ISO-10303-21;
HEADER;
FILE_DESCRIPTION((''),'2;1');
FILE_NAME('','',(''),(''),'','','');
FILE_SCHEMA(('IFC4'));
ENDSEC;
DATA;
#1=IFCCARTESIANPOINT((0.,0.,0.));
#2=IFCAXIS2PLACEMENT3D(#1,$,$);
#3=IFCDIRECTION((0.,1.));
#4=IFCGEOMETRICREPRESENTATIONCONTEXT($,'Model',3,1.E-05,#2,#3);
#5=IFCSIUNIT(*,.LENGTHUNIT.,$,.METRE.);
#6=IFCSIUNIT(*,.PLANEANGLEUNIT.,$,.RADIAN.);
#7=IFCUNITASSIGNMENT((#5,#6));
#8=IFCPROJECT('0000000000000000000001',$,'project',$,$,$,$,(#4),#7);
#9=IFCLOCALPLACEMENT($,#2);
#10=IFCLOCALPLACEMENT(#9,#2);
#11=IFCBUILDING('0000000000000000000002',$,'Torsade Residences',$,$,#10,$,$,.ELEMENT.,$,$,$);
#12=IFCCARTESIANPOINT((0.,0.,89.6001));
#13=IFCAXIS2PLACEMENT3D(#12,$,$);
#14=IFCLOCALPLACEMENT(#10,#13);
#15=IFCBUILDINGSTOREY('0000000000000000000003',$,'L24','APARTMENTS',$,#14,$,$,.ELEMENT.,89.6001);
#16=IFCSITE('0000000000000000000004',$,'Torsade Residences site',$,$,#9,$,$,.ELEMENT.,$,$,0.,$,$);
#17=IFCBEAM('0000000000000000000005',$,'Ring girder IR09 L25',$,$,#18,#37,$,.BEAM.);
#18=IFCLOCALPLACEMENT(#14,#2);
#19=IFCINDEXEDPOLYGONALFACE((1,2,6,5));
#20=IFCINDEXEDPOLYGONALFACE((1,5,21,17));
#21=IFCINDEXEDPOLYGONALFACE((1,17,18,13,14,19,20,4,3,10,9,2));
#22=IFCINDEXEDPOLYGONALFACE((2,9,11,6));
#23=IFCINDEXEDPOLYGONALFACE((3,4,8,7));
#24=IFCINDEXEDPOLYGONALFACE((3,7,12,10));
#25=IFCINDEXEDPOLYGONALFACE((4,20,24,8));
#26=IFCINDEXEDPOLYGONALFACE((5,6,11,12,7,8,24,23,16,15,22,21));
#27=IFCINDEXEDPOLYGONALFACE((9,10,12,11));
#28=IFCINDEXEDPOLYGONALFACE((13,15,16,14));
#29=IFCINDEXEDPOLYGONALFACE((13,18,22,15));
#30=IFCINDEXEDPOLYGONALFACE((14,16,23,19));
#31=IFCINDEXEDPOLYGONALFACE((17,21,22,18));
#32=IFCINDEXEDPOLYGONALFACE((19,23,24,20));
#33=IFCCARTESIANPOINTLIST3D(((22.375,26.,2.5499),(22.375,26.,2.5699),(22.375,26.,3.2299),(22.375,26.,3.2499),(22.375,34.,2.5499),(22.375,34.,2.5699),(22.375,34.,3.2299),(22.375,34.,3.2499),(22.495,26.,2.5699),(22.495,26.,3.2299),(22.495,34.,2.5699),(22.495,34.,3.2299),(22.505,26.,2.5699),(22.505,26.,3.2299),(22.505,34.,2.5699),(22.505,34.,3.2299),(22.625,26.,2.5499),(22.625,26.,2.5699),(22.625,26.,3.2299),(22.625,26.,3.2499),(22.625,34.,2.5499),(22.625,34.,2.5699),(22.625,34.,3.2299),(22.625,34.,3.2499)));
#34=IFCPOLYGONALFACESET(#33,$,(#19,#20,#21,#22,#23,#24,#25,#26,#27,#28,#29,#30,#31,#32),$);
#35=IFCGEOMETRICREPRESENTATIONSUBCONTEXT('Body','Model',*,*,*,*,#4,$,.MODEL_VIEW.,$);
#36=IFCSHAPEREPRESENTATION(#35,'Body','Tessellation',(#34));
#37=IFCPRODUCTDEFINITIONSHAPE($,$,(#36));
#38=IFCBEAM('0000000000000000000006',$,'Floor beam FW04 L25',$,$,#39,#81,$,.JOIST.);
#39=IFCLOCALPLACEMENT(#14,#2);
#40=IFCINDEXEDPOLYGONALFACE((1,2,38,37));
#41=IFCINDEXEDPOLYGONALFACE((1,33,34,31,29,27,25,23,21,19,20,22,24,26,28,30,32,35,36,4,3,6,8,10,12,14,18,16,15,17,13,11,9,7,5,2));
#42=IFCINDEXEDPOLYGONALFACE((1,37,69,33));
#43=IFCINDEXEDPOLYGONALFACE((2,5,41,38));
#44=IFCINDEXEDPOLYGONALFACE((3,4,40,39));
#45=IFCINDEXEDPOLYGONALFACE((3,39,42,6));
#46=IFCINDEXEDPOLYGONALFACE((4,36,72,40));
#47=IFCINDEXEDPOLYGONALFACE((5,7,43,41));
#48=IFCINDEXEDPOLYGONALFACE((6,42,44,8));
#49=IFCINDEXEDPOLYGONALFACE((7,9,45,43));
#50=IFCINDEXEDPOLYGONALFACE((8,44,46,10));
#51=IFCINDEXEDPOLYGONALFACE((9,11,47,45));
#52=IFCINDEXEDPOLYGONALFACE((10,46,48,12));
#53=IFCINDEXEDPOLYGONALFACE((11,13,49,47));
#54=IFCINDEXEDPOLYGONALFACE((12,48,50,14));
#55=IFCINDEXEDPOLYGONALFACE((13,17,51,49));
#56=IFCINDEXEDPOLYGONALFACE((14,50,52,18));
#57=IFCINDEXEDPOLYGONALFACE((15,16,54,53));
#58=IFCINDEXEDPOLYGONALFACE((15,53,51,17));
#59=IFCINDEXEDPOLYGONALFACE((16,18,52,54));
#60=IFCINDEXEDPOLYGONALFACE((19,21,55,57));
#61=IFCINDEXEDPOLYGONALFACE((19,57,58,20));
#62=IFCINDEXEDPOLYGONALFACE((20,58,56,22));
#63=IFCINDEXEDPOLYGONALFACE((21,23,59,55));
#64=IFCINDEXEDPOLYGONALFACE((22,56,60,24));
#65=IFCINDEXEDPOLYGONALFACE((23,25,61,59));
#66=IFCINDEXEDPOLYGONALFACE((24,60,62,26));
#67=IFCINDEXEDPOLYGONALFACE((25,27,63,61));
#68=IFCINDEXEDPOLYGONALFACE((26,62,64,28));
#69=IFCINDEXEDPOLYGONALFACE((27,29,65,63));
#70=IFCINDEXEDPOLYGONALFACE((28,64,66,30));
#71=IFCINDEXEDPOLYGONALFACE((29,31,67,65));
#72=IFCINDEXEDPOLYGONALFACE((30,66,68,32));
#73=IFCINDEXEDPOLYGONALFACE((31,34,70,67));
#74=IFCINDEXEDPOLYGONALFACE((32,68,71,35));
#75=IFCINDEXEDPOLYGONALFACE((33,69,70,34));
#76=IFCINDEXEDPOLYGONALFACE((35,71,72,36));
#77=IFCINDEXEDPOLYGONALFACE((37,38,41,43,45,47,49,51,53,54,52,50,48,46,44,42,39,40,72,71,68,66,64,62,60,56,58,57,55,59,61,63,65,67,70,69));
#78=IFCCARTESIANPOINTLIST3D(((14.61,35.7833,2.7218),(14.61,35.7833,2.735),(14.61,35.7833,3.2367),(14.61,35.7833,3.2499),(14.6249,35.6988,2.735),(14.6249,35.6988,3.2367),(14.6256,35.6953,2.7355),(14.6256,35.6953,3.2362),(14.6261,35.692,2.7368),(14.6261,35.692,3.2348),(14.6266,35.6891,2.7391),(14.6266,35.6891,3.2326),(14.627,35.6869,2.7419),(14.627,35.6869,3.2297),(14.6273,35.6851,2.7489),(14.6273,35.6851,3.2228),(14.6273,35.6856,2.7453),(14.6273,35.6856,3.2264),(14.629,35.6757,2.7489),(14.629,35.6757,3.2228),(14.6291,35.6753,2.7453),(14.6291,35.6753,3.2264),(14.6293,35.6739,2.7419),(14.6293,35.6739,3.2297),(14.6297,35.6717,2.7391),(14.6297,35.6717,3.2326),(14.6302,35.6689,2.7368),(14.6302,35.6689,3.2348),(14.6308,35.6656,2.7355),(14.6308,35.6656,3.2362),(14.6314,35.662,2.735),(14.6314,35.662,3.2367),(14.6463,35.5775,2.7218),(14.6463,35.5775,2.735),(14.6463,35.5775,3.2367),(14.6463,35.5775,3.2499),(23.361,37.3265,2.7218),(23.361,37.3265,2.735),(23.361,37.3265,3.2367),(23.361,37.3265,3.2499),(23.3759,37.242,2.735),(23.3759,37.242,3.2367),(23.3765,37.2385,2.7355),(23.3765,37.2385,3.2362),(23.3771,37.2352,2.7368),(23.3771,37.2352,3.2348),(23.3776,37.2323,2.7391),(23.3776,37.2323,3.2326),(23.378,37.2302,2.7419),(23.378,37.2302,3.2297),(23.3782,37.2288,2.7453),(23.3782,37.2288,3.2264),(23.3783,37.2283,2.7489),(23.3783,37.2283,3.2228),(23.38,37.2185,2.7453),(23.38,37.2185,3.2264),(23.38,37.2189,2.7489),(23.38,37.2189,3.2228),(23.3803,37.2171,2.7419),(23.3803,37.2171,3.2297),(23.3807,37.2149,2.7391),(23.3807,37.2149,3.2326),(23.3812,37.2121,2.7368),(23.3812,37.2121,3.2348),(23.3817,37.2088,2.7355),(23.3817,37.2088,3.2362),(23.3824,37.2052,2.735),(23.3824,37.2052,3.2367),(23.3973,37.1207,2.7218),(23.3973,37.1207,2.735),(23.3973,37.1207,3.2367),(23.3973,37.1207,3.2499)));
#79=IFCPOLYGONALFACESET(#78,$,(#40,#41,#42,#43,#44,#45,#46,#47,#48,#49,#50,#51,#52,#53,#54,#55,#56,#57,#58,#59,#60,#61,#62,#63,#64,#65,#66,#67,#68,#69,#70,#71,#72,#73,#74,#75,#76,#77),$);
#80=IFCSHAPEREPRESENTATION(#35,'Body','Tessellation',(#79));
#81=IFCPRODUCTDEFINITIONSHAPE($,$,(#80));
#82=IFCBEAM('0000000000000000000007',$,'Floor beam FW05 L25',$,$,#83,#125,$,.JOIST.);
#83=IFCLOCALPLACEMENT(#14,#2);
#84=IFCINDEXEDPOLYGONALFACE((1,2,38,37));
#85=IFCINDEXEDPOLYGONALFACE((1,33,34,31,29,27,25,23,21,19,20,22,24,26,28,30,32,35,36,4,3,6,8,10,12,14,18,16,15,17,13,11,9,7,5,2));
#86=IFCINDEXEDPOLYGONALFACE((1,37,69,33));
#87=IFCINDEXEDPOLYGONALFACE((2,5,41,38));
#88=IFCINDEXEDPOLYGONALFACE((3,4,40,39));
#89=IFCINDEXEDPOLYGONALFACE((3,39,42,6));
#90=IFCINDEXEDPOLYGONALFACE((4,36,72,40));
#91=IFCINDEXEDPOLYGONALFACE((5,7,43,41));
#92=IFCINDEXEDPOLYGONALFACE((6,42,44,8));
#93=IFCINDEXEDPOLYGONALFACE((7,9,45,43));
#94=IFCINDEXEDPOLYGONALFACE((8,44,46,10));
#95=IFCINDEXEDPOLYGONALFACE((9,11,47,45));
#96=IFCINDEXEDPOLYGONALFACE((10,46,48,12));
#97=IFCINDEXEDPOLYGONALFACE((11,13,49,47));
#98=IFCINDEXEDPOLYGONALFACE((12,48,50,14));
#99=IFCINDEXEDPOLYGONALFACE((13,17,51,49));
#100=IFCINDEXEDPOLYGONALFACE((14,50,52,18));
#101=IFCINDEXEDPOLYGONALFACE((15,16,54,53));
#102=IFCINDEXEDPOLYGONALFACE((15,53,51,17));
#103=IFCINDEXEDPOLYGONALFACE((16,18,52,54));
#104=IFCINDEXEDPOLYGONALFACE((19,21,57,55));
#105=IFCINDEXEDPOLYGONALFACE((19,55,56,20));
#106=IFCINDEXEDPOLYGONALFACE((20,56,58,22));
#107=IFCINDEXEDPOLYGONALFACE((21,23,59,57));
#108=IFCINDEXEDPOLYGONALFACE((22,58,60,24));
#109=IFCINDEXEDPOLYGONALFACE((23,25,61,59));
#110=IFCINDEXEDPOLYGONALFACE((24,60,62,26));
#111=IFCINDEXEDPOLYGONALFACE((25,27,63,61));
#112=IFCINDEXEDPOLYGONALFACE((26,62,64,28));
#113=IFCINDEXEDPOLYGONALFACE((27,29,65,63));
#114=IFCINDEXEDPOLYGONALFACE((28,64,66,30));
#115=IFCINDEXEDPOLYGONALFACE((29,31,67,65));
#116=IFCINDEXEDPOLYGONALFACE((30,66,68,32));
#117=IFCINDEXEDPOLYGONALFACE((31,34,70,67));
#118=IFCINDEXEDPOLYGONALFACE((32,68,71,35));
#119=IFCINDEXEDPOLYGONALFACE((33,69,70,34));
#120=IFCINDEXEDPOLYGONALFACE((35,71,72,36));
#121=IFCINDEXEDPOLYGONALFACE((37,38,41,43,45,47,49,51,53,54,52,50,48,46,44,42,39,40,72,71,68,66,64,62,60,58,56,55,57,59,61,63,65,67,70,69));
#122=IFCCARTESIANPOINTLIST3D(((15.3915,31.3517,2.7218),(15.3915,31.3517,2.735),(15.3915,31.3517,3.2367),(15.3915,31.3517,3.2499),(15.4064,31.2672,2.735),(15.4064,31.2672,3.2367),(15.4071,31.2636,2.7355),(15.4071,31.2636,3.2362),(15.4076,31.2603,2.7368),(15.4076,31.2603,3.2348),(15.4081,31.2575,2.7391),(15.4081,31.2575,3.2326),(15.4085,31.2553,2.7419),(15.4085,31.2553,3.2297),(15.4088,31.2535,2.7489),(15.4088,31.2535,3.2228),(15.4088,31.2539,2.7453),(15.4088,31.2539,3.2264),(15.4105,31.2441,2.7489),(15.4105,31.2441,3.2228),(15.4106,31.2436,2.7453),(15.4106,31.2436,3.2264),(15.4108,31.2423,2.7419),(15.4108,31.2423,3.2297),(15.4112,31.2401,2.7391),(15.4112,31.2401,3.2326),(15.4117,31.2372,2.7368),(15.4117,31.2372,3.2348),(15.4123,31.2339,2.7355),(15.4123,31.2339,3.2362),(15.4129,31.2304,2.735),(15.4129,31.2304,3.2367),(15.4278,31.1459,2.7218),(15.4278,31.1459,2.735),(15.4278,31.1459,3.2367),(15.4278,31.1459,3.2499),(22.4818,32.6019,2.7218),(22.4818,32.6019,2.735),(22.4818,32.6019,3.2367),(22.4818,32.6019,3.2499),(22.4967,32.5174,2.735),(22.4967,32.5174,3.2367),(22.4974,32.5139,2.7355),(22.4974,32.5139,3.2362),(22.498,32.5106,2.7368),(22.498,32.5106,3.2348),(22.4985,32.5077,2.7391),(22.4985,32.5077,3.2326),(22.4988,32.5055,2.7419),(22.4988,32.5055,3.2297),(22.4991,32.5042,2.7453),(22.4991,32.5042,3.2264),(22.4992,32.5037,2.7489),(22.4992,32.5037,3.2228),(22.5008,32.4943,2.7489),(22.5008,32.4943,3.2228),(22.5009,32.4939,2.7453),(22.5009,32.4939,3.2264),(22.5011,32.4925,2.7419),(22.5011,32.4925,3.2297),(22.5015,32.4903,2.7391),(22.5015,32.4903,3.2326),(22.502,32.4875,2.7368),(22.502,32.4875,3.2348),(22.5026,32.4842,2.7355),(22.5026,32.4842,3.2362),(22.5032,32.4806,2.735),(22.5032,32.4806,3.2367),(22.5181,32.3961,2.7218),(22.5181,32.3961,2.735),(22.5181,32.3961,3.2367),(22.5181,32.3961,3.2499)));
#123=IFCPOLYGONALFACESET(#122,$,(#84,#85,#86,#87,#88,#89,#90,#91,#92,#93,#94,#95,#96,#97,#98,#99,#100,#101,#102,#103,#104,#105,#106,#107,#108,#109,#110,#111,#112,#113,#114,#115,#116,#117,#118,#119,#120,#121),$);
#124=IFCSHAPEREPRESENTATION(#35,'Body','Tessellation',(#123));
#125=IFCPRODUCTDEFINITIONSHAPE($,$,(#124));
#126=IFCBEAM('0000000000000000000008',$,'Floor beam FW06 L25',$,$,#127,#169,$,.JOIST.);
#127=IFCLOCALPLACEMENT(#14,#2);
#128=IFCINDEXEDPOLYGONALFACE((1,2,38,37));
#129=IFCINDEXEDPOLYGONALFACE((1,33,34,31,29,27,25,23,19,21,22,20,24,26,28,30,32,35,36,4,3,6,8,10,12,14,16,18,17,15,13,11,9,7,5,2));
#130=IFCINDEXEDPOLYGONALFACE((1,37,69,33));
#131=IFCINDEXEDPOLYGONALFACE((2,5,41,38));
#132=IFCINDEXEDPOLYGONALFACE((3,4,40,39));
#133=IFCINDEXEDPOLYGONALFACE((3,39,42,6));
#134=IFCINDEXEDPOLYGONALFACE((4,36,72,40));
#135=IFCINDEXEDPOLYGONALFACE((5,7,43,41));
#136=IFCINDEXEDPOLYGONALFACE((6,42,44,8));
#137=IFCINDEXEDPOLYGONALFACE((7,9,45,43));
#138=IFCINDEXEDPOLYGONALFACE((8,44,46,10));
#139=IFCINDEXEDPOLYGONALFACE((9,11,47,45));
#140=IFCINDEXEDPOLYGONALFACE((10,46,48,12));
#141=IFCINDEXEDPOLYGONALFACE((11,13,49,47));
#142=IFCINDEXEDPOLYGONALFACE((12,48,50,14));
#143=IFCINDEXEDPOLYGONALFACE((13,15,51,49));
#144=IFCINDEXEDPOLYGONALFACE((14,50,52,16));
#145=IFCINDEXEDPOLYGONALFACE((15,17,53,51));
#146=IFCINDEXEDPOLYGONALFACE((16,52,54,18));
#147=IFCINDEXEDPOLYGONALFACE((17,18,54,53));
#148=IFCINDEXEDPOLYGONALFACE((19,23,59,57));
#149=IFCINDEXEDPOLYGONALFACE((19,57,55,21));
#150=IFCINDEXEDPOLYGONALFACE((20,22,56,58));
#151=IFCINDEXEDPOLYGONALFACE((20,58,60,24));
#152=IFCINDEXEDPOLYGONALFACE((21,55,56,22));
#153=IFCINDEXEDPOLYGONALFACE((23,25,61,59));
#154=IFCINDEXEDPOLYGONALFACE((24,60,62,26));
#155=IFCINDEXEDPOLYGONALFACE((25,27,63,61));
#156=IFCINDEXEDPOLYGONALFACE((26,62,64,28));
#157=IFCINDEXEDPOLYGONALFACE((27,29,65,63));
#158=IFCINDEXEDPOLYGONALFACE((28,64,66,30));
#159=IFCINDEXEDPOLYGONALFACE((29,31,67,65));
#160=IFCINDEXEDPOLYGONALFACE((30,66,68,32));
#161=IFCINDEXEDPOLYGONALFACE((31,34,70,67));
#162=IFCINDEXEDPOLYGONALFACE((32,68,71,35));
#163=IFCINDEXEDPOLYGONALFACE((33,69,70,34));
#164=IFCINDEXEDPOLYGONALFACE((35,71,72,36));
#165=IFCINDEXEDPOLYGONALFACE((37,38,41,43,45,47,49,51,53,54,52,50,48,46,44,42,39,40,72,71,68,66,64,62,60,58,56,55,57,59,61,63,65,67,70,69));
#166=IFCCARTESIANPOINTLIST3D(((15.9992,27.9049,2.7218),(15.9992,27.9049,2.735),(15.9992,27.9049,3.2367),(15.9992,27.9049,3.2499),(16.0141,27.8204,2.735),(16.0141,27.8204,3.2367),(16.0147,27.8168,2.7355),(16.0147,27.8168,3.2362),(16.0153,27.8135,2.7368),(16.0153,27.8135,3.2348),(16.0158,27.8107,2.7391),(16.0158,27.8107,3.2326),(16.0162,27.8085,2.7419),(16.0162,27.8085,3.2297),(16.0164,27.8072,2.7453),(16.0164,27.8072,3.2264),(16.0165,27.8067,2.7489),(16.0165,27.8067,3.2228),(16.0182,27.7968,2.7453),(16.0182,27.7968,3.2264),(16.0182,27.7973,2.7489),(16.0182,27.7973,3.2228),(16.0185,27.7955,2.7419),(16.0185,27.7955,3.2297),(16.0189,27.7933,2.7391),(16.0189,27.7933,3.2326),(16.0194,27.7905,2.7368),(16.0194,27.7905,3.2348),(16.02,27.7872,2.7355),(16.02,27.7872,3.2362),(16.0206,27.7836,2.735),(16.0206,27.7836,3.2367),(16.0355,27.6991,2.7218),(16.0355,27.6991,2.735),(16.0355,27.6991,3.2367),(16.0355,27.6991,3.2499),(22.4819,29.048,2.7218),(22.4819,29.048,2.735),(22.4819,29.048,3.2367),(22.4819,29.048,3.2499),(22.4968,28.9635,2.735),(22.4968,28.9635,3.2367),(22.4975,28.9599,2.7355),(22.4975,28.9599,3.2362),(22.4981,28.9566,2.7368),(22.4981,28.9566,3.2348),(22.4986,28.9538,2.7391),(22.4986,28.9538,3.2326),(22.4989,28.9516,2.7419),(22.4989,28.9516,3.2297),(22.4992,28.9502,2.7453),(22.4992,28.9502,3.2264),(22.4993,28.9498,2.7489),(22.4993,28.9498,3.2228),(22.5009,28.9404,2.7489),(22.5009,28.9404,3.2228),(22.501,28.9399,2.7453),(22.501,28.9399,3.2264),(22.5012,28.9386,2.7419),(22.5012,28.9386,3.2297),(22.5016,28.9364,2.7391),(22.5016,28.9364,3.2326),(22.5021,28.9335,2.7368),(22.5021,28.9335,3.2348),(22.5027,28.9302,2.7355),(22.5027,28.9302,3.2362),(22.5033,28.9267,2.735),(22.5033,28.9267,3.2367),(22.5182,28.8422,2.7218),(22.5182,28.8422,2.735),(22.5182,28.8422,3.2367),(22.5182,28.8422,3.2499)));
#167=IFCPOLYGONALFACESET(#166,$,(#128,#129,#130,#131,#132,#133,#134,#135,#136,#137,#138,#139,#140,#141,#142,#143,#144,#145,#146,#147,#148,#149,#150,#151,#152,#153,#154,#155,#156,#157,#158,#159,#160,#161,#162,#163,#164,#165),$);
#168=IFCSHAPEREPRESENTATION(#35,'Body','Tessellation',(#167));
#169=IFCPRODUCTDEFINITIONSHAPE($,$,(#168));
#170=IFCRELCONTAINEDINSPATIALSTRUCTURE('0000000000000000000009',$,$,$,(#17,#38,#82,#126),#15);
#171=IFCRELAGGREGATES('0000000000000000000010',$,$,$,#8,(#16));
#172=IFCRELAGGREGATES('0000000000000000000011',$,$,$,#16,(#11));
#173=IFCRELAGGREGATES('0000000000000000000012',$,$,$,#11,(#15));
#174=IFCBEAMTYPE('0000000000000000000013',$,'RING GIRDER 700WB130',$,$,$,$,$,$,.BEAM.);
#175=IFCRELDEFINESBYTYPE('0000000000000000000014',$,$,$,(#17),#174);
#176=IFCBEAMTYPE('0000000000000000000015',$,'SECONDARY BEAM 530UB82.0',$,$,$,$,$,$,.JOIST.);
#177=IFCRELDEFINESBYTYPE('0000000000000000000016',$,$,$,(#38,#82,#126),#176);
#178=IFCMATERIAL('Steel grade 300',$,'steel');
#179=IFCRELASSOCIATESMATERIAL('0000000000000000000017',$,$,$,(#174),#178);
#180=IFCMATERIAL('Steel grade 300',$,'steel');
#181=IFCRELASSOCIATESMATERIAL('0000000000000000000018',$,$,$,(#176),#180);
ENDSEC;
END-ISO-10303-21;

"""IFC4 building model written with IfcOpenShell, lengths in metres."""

from ifc_helpers import new_model, si_unit, direction, frame, origin, origin_2d, place, context, subcontext, project, spatial, i_section, extrude, material, material_profile, profile_set, type_object, element, save


model = new_model("IFC4")

# Units and contexts
model_context = context("Model", 3, precision=1e-05, world=origin(), true_north=direction((0.0, 1.0)))
body_context = subcontext(model_context, "Body", "Model", "MODEL_VIEW")
ifc_project = project(units=[si_unit("LENGTHUNIT", "METRE"), si_unit("PLANEANGLEUNIT", "RADIAN")], contexts=[model_context])

# Site, building, storey
site_placement = place(None, origin())
site = spatial("IfcSite", under=ifc_project, at=site_placement, Name="Torsade Residences site", CompositionType="ELEMENT", RefElevation=0.0)
building_placement = place(site_placement, origin())
building = spatial("IfcBuilding", under=site, at=building_placement, Name="Torsade Residences", CompositionType="ELEMENT")
storey_placement = place(building_placement, frame((0.0, 0.0, 89.6001)))
storey = spatial("IfcBuildingStorey", under=building, at=storey_placement, Name="L24", Description="APARTMENTS", CompositionType="ELEMENT", Elevation=89.6001)

# Beams
ifc_material_1 = material(Name="Steel grade 300", Category="steel")
ifc_material_profile_1 = material_profile(ifc_material_1, i_section(OverallWidth=0.25, OverallDepth=0.7, WebThickness=0.01, FlangeThickness=0.02, at=origin_2d()), Name="700WB130")
ifc_profile_set_1 = profile_set([ifc_material_profile_1], Name="Steel grade 300")
beam_type_1 = type_object("IfcBeamType", Name="RING GIRDER 700WB130", PredefinedType="BEAM", material=ifc_profile_set_1)
beam_1_placement = place(storey_placement, frame((22.5, 34.0, 2.8999), z_axis=(0.0, -1.0, 0.0), x_axis=(1.0, 0.0, 0.0)))
element("IfcBeam", 1, at=beam_1_placement, inside=storey, type_object=beam_type_1, Name="Ring girder IR09 L25", PredefinedType="BEAM", context=body_context, shape_type="SweptSolid", body=[
    extrude(i_section(OverallWidth=0.25, OverallDepth=0.7, WebThickness=0.01, FlangeThickness=0.02, at=origin_2d()), origin(), (0.0, 0.0, 1.0), 8.0),
])
ifc_material_2 = material(Name="Steel grade 300", Category="steel")
ifc_material_profile_2 = material_profile(ifc_material_2, i_section(OverallWidth=0.209, OverallDepth=0.5281, WebThickness=0.0095, FlangeThickness=0.0132, FilletRadius=0.0139, at=origin_2d()), Name="530UB82.0")
ifc_profile_set_2 = profile_set([ifc_material_profile_2], Name="Steel grade 300")
beam_type_2 = type_object("IfcBeamType", Name="SECONDARY BEAM 530UB82.0", PredefinedType="JOIST", material=ifc_profile_set_2)
beam_2_placement = place(storey_placement, frame((14.6282, 35.6804, 2.9858), z_axis=(0.984804, 0.173668, 0.0), x_axis=(-0.173668, 0.984804, 0.0)))
element("IfcBeam", 2, at=beam_2_placement, inside=storey, type_object=beam_type_2, Name="Floor beam FW04 L25", PredefinedType="JOIST", context=body_context, shape_type="SweptSolid", body=[
    extrude(i_section(OverallWidth=0.209, OverallDepth=0.5281, WebThickness=0.0095, FlangeThickness=0.0132, FilletRadius=0.0139, at=origin_2d()), origin(), (0.0, 0.0, 1.0), 8.886),
])
beam_3_placement = place(storey_placement, frame((15.4097, 31.2488, 2.9858), z_axis=(0.984807, 0.173652, 0.0), x_axis=(-0.173652, 0.984807, 0.0)))
element("IfcBeam", 3, at=beam_3_placement, inside=storey, type_object=beam_type_2, Name="Floor beam FW05 L25", PredefinedType="JOIST", context=body_context, shape_type="SweptSolid", body=[
    extrude(i_section(OverallWidth=0.209, OverallDepth=0.5281, WebThickness=0.0095, FlangeThickness=0.0132, FilletRadius=0.0139, at=origin_2d()), origin(), (0.0, 0.0, 1.0), 7.1997),
])
beam_4_placement = place(storey_placement, frame((16.0173, 27.802, 2.9858), z_axis=(0.984808, 0.173648, 0.0), x_axis=(-0.173648, 0.984808, 0.0)))
element("IfcBeam", 4, at=beam_4_placement, inside=storey, type_object=beam_type_2, Name="Floor beam FW06 L25", PredefinedType="JOIST", context=body_context, shape_type="SweptSolid", body=[
    extrude(i_section(OverallWidth=0.209, OverallDepth=0.5281, WebThickness=0.0095, FlangeThickness=0.0132, FilletRadius=0.0139, at=origin_2d()), origin(), (0.0, 0.0, 1.0), 6.5828),
])

save(model, "model.ifc")
